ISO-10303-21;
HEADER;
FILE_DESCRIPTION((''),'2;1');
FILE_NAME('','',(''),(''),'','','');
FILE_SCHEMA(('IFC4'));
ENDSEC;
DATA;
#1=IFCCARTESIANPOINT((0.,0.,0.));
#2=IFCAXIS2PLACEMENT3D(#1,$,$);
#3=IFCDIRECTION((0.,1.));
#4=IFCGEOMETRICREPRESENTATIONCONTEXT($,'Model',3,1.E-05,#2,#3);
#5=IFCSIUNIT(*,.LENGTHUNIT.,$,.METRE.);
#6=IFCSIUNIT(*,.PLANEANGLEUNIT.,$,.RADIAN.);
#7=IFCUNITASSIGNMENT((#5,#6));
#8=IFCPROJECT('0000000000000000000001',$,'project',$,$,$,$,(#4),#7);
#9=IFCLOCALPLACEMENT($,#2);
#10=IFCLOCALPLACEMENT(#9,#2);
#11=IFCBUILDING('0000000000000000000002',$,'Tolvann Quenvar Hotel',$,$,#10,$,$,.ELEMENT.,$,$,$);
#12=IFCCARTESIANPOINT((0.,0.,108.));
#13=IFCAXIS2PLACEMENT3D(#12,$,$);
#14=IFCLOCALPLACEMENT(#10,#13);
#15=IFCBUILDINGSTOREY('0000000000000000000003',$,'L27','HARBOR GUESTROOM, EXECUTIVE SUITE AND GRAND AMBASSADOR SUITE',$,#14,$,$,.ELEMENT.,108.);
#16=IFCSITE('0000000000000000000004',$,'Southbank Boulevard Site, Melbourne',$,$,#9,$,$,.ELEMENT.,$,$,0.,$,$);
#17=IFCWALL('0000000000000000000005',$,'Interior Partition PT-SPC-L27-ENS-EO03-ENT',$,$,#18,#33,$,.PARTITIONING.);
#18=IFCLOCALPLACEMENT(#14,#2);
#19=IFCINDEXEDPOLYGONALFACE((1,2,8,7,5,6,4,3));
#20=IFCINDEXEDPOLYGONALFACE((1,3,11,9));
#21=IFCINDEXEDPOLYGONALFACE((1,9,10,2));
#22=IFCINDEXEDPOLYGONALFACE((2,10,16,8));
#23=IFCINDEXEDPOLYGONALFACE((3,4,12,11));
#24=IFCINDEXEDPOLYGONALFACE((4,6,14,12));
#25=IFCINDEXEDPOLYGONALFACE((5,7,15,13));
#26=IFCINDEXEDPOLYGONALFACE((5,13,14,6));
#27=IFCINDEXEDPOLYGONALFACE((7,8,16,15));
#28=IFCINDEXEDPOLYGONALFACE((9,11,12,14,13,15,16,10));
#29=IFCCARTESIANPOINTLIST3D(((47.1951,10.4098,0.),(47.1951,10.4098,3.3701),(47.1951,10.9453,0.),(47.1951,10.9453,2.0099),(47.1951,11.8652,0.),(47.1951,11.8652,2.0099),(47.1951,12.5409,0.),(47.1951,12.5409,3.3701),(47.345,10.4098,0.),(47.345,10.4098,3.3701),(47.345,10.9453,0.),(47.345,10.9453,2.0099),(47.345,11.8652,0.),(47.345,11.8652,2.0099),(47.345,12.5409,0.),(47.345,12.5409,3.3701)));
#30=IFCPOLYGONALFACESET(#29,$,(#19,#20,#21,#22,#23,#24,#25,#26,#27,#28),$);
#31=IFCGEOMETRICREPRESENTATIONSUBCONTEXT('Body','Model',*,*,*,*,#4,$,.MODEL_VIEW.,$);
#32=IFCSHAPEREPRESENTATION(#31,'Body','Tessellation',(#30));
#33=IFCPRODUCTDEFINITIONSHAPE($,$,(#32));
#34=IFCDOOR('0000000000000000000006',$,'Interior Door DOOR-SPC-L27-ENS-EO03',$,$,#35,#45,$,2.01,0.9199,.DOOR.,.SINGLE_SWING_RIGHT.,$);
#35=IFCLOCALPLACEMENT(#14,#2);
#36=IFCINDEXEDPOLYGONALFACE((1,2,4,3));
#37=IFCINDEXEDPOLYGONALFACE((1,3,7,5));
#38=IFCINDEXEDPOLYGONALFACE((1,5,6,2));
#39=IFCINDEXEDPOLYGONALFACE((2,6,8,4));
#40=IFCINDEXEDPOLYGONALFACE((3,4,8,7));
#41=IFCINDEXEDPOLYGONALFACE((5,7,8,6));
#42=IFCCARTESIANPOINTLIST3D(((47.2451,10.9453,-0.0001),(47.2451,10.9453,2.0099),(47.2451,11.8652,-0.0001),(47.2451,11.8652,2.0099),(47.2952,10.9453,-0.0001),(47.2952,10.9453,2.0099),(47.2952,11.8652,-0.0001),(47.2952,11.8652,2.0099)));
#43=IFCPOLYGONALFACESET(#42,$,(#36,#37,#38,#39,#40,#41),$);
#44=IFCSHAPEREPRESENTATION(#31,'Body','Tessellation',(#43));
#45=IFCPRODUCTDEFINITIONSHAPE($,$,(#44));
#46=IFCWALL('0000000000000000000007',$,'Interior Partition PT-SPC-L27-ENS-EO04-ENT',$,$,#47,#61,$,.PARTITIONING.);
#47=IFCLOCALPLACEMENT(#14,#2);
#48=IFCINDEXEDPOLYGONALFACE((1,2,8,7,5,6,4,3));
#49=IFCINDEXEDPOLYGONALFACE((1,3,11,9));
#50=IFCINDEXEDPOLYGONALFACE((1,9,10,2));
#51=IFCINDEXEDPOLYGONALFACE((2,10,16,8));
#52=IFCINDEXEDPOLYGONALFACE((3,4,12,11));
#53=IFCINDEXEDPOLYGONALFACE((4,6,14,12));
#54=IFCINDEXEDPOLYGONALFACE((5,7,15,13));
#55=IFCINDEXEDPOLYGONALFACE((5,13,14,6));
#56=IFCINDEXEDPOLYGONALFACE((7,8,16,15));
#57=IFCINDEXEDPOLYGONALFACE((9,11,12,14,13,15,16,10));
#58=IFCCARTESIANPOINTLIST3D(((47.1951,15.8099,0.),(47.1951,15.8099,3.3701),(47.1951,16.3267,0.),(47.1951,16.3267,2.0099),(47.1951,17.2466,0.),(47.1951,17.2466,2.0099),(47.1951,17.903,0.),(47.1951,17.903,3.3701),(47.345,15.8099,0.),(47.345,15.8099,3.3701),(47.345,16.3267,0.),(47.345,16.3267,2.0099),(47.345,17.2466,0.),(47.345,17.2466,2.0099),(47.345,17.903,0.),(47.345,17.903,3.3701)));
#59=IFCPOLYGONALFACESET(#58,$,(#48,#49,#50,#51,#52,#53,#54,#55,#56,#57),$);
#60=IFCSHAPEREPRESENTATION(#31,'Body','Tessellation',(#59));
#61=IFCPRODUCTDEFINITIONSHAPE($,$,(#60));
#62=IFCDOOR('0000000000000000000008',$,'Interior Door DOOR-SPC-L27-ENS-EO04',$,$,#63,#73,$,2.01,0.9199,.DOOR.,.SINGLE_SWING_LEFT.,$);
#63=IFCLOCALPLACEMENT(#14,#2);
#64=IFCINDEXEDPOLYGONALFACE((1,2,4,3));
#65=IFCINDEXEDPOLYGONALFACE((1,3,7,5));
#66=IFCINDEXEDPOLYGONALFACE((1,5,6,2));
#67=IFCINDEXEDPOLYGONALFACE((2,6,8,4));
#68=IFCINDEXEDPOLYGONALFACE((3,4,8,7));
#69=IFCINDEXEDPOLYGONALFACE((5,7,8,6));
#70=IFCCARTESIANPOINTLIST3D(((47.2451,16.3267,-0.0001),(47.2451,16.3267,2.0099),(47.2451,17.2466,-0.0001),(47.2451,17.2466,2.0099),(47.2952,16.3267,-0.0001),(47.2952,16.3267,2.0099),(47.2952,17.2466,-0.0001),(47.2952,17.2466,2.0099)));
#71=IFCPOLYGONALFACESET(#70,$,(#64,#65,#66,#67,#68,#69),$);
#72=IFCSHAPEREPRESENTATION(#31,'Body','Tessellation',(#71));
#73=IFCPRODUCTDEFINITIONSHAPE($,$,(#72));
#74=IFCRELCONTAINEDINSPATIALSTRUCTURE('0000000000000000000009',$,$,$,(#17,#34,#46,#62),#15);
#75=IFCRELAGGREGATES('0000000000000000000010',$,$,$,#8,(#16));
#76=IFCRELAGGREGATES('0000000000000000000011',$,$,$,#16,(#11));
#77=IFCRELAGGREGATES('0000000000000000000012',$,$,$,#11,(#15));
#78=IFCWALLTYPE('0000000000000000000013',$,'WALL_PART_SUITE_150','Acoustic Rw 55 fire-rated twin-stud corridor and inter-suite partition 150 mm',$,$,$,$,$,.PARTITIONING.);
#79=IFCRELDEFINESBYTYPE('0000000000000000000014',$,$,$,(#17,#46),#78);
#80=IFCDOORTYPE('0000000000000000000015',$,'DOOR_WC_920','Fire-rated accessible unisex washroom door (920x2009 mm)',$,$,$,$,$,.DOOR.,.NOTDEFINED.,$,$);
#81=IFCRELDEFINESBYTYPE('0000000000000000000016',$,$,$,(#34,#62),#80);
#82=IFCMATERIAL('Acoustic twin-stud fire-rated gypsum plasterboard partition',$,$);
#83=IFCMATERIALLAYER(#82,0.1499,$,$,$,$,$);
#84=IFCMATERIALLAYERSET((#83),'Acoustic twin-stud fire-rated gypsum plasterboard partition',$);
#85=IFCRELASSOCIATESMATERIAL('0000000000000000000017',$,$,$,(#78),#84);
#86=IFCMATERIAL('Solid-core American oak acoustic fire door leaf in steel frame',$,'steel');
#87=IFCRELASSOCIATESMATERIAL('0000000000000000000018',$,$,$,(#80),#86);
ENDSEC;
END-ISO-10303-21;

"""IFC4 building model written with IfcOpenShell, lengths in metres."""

from ifc_helpers import new_model, si_unit, direction, frame, frame_2d, origin, place, context, subcontext, project, spatial, rectangle, extrude, source, transform, mapped, material, layer, layer_set, type_object, type_shapes, element, fill, save


model = new_model("IFC4")

# Units and contexts
model_context = context("Model", 3, precision=1e-05, world=origin(), true_north=direction((0.0, 1.0)))
body_context = subcontext(model_context, "Body", "Model", "MODEL_VIEW")
ifc_project = project(units=[si_unit("LENGTHUNIT", "METRE"), si_unit("PLANEANGLEUNIT", "RADIAN")], contexts=[model_context])

# Site, building, storey
site_placement = place(None, origin())
site = spatial("IfcSite", under=ifc_project, at=site_placement, Name="Southbank Boulevard Site, Melbourne", CompositionType="ELEMENT", RefElevation=0.0)
building_placement = place(site_placement, origin())
building = spatial("IfcBuilding", under=site, at=building_placement, Name="Tolvann Quenvar Hotel", CompositionType="ELEMENT")
storey_placement = place(building_placement, frame((0.0, 0.0, 108.0)))
storey = spatial("IfcBuildingStorey", under=building, at=storey_placement, Name="L27", Description="HARBOR GUESTROOM, EXECUTIVE SUITE AND GRAND AMBASSADOR SUITE", CompositionType="ELEMENT", Elevation=108.0)

# Walls, openings, doors
ifc_material_1 = material(Name="Acoustic twin-stud fire-rated gypsum plasterboard partition")
ifc_layer_1 = layer(ifc_material_1, 0.1499)
ifc_layer_set_1 = layer_set([ifc_layer_1], Name="Acoustic twin-stud fire-rated gypsum plasterboard partition")
wall_type_1 = type_object("IfcWallType", Name="WALL_PART_SUITE_150", Description="Acoustic Rw 55 fire-rated twin-stud corridor and inter-suite partition 150 mm", PredefinedType="PARTITIONING", material=ifc_layer_set_1)
ifc_material_2 = material(Name="Solid-core American oak acoustic fire door leaf in steel frame", Category="steel")
door_type_1 = type_object("IfcDoorType", Name="DOOR_WC_920", Description="Fire-rated accessible unisex washroom door (920x2009 mm)", OperationType="NOTDEFINED", PredefinedType="DOOR", material=ifc_material_2)
shared_shape_1 = source(origin(), body_context, "Body", "SweptSolid", [
    extrude(rectangle(XDim=0.9199, YDim=2.01, at=frame_2d((0.46, 1.0049))), frame((0.0, 0.0249, 0.0), z_axis=(0.0, -1.0, 0.0), x_axis=(1.0, 0.0, 0.0)), (0.0, 0.0, 1.0), 0.05),
])
type_shapes(door_type_1, [shared_shape_1])
wall_1_placement = place(storey_placement, frame((47.27, 10.4099, 0.0), z_axis=(0.0, 0.0, 1.0), x_axis=(0.0, 1.0, 0.0)))
wall_1 = element("IfcWall", 1, at=wall_1_placement, inside=storey, type_object=wall_type_1, Name="Interior Partition PT-SPC-L27-ENS-EO03-ENT", PredefinedType="PARTITIONING", context=body_context, shape_type="SweptSolid", body=[
    extrude(rectangle(XDim=2.1311, YDim=0.1499, at=frame_2d((1.0654, 0.0))), origin(), (0.0, 0.0, 1.0), 3.3701),
])
opening_1_placement = place(wall_1_placement, frame((0.5354, 0.0, 0.0)))
opening_1 = element("IfcOpeningElement", 2, at=opening_1_placement, cuts=wall_1, PredefinedType="OPENING", context=body_context, shape_type="SweptSolid", body=[
    extrude(rectangle(XDim=0.9199, YDim=2.01, at=frame_2d((0.46, 1.0049))), frame((0.0, 0.085, 0.0), z_axis=(0.0, -1.0, 0.0), x_axis=(1.0, 0.0, 0.0)), (0.0, 0.0, 1.0), 0.1699),
])
door_1_placement = place(opening_1_placement, origin())
door_1 = element("IfcDoor", 3, at=door_1_placement, inside=storey, type_object=door_type_1, Name="Interior Door DOOR-SPC-L27-ENS-EO03", OperationType="SINGLE_SWING_RIGHT", OverallHeight=2.01, OverallWidth=0.9199, PredefinedType="DOOR", context=body_context, shape_type="MappedRepresentation", body=[
    mapped(shared_shape_1, transform((0.0, 0.0, 0.0), x_axis=(1.0, 0.0, 0.0), y_axis=(0.0, 1.0, 0.0), z_axis=(0.0, 0.0, 1.0), scale=1.0)),
])
fill(opening_1, door_1)
wall_2_placement = place(storey_placement, frame((47.27, 15.8101, 0.0), z_axis=(0.0, 0.0, 1.0), x_axis=(0.0, 1.0, 0.0)))
wall_2 = element("IfcWall", 4, at=wall_2_placement, inside=storey, type_object=wall_type_1, Name="Interior Partition PT-SPC-L27-ENS-EO04-ENT", PredefinedType="PARTITIONING", context=body_context, shape_type="SweptSolid", body=[
    extrude(rectangle(XDim=2.093, YDim=0.1499, at=frame_2d((1.0464, 0.0))), origin(), (0.0, 0.0, 1.0), 3.3701),
])
opening_2_placement = place(wall_2_placement, frame((0.5166, 0.0, 0.0)))
opening_2 = element("IfcOpeningElement", 5, at=opening_2_placement, cuts=wall_2, PredefinedType="OPENING", context=body_context, shape_type="SweptSolid", body=[
    extrude(rectangle(XDim=0.9199, YDim=2.01, at=frame_2d((0.46, 1.0049))), frame((0.0, 0.085, 0.0), z_axis=(0.0, -1.0, 0.0), x_axis=(1.0, 0.0, 0.0)), (0.0, 0.0, 1.0), 0.1699),
])
door_2_placement = place(opening_2_placement, origin())
door_2 = element("IfcDoor", 6, at=door_2_placement, inside=storey, type_object=door_type_1, Name="Interior Door DOOR-SPC-L27-ENS-EO04", OperationType="SINGLE_SWING_LEFT", OverallHeight=2.01, OverallWidth=0.9199, PredefinedType="DOOR", context=body_context, shape_type="MappedRepresentation", body=[
    mapped(shared_shape_1, transform((0.0, 0.0, 0.0), x_axis=(1.0, 0.0, 0.0), y_axis=(0.0, 1.0, 0.0), z_axis=(0.0, 0.0, 1.0), scale=1.0)),
])
fill(opening_2, door_2)

save(model, "model.ifc")
